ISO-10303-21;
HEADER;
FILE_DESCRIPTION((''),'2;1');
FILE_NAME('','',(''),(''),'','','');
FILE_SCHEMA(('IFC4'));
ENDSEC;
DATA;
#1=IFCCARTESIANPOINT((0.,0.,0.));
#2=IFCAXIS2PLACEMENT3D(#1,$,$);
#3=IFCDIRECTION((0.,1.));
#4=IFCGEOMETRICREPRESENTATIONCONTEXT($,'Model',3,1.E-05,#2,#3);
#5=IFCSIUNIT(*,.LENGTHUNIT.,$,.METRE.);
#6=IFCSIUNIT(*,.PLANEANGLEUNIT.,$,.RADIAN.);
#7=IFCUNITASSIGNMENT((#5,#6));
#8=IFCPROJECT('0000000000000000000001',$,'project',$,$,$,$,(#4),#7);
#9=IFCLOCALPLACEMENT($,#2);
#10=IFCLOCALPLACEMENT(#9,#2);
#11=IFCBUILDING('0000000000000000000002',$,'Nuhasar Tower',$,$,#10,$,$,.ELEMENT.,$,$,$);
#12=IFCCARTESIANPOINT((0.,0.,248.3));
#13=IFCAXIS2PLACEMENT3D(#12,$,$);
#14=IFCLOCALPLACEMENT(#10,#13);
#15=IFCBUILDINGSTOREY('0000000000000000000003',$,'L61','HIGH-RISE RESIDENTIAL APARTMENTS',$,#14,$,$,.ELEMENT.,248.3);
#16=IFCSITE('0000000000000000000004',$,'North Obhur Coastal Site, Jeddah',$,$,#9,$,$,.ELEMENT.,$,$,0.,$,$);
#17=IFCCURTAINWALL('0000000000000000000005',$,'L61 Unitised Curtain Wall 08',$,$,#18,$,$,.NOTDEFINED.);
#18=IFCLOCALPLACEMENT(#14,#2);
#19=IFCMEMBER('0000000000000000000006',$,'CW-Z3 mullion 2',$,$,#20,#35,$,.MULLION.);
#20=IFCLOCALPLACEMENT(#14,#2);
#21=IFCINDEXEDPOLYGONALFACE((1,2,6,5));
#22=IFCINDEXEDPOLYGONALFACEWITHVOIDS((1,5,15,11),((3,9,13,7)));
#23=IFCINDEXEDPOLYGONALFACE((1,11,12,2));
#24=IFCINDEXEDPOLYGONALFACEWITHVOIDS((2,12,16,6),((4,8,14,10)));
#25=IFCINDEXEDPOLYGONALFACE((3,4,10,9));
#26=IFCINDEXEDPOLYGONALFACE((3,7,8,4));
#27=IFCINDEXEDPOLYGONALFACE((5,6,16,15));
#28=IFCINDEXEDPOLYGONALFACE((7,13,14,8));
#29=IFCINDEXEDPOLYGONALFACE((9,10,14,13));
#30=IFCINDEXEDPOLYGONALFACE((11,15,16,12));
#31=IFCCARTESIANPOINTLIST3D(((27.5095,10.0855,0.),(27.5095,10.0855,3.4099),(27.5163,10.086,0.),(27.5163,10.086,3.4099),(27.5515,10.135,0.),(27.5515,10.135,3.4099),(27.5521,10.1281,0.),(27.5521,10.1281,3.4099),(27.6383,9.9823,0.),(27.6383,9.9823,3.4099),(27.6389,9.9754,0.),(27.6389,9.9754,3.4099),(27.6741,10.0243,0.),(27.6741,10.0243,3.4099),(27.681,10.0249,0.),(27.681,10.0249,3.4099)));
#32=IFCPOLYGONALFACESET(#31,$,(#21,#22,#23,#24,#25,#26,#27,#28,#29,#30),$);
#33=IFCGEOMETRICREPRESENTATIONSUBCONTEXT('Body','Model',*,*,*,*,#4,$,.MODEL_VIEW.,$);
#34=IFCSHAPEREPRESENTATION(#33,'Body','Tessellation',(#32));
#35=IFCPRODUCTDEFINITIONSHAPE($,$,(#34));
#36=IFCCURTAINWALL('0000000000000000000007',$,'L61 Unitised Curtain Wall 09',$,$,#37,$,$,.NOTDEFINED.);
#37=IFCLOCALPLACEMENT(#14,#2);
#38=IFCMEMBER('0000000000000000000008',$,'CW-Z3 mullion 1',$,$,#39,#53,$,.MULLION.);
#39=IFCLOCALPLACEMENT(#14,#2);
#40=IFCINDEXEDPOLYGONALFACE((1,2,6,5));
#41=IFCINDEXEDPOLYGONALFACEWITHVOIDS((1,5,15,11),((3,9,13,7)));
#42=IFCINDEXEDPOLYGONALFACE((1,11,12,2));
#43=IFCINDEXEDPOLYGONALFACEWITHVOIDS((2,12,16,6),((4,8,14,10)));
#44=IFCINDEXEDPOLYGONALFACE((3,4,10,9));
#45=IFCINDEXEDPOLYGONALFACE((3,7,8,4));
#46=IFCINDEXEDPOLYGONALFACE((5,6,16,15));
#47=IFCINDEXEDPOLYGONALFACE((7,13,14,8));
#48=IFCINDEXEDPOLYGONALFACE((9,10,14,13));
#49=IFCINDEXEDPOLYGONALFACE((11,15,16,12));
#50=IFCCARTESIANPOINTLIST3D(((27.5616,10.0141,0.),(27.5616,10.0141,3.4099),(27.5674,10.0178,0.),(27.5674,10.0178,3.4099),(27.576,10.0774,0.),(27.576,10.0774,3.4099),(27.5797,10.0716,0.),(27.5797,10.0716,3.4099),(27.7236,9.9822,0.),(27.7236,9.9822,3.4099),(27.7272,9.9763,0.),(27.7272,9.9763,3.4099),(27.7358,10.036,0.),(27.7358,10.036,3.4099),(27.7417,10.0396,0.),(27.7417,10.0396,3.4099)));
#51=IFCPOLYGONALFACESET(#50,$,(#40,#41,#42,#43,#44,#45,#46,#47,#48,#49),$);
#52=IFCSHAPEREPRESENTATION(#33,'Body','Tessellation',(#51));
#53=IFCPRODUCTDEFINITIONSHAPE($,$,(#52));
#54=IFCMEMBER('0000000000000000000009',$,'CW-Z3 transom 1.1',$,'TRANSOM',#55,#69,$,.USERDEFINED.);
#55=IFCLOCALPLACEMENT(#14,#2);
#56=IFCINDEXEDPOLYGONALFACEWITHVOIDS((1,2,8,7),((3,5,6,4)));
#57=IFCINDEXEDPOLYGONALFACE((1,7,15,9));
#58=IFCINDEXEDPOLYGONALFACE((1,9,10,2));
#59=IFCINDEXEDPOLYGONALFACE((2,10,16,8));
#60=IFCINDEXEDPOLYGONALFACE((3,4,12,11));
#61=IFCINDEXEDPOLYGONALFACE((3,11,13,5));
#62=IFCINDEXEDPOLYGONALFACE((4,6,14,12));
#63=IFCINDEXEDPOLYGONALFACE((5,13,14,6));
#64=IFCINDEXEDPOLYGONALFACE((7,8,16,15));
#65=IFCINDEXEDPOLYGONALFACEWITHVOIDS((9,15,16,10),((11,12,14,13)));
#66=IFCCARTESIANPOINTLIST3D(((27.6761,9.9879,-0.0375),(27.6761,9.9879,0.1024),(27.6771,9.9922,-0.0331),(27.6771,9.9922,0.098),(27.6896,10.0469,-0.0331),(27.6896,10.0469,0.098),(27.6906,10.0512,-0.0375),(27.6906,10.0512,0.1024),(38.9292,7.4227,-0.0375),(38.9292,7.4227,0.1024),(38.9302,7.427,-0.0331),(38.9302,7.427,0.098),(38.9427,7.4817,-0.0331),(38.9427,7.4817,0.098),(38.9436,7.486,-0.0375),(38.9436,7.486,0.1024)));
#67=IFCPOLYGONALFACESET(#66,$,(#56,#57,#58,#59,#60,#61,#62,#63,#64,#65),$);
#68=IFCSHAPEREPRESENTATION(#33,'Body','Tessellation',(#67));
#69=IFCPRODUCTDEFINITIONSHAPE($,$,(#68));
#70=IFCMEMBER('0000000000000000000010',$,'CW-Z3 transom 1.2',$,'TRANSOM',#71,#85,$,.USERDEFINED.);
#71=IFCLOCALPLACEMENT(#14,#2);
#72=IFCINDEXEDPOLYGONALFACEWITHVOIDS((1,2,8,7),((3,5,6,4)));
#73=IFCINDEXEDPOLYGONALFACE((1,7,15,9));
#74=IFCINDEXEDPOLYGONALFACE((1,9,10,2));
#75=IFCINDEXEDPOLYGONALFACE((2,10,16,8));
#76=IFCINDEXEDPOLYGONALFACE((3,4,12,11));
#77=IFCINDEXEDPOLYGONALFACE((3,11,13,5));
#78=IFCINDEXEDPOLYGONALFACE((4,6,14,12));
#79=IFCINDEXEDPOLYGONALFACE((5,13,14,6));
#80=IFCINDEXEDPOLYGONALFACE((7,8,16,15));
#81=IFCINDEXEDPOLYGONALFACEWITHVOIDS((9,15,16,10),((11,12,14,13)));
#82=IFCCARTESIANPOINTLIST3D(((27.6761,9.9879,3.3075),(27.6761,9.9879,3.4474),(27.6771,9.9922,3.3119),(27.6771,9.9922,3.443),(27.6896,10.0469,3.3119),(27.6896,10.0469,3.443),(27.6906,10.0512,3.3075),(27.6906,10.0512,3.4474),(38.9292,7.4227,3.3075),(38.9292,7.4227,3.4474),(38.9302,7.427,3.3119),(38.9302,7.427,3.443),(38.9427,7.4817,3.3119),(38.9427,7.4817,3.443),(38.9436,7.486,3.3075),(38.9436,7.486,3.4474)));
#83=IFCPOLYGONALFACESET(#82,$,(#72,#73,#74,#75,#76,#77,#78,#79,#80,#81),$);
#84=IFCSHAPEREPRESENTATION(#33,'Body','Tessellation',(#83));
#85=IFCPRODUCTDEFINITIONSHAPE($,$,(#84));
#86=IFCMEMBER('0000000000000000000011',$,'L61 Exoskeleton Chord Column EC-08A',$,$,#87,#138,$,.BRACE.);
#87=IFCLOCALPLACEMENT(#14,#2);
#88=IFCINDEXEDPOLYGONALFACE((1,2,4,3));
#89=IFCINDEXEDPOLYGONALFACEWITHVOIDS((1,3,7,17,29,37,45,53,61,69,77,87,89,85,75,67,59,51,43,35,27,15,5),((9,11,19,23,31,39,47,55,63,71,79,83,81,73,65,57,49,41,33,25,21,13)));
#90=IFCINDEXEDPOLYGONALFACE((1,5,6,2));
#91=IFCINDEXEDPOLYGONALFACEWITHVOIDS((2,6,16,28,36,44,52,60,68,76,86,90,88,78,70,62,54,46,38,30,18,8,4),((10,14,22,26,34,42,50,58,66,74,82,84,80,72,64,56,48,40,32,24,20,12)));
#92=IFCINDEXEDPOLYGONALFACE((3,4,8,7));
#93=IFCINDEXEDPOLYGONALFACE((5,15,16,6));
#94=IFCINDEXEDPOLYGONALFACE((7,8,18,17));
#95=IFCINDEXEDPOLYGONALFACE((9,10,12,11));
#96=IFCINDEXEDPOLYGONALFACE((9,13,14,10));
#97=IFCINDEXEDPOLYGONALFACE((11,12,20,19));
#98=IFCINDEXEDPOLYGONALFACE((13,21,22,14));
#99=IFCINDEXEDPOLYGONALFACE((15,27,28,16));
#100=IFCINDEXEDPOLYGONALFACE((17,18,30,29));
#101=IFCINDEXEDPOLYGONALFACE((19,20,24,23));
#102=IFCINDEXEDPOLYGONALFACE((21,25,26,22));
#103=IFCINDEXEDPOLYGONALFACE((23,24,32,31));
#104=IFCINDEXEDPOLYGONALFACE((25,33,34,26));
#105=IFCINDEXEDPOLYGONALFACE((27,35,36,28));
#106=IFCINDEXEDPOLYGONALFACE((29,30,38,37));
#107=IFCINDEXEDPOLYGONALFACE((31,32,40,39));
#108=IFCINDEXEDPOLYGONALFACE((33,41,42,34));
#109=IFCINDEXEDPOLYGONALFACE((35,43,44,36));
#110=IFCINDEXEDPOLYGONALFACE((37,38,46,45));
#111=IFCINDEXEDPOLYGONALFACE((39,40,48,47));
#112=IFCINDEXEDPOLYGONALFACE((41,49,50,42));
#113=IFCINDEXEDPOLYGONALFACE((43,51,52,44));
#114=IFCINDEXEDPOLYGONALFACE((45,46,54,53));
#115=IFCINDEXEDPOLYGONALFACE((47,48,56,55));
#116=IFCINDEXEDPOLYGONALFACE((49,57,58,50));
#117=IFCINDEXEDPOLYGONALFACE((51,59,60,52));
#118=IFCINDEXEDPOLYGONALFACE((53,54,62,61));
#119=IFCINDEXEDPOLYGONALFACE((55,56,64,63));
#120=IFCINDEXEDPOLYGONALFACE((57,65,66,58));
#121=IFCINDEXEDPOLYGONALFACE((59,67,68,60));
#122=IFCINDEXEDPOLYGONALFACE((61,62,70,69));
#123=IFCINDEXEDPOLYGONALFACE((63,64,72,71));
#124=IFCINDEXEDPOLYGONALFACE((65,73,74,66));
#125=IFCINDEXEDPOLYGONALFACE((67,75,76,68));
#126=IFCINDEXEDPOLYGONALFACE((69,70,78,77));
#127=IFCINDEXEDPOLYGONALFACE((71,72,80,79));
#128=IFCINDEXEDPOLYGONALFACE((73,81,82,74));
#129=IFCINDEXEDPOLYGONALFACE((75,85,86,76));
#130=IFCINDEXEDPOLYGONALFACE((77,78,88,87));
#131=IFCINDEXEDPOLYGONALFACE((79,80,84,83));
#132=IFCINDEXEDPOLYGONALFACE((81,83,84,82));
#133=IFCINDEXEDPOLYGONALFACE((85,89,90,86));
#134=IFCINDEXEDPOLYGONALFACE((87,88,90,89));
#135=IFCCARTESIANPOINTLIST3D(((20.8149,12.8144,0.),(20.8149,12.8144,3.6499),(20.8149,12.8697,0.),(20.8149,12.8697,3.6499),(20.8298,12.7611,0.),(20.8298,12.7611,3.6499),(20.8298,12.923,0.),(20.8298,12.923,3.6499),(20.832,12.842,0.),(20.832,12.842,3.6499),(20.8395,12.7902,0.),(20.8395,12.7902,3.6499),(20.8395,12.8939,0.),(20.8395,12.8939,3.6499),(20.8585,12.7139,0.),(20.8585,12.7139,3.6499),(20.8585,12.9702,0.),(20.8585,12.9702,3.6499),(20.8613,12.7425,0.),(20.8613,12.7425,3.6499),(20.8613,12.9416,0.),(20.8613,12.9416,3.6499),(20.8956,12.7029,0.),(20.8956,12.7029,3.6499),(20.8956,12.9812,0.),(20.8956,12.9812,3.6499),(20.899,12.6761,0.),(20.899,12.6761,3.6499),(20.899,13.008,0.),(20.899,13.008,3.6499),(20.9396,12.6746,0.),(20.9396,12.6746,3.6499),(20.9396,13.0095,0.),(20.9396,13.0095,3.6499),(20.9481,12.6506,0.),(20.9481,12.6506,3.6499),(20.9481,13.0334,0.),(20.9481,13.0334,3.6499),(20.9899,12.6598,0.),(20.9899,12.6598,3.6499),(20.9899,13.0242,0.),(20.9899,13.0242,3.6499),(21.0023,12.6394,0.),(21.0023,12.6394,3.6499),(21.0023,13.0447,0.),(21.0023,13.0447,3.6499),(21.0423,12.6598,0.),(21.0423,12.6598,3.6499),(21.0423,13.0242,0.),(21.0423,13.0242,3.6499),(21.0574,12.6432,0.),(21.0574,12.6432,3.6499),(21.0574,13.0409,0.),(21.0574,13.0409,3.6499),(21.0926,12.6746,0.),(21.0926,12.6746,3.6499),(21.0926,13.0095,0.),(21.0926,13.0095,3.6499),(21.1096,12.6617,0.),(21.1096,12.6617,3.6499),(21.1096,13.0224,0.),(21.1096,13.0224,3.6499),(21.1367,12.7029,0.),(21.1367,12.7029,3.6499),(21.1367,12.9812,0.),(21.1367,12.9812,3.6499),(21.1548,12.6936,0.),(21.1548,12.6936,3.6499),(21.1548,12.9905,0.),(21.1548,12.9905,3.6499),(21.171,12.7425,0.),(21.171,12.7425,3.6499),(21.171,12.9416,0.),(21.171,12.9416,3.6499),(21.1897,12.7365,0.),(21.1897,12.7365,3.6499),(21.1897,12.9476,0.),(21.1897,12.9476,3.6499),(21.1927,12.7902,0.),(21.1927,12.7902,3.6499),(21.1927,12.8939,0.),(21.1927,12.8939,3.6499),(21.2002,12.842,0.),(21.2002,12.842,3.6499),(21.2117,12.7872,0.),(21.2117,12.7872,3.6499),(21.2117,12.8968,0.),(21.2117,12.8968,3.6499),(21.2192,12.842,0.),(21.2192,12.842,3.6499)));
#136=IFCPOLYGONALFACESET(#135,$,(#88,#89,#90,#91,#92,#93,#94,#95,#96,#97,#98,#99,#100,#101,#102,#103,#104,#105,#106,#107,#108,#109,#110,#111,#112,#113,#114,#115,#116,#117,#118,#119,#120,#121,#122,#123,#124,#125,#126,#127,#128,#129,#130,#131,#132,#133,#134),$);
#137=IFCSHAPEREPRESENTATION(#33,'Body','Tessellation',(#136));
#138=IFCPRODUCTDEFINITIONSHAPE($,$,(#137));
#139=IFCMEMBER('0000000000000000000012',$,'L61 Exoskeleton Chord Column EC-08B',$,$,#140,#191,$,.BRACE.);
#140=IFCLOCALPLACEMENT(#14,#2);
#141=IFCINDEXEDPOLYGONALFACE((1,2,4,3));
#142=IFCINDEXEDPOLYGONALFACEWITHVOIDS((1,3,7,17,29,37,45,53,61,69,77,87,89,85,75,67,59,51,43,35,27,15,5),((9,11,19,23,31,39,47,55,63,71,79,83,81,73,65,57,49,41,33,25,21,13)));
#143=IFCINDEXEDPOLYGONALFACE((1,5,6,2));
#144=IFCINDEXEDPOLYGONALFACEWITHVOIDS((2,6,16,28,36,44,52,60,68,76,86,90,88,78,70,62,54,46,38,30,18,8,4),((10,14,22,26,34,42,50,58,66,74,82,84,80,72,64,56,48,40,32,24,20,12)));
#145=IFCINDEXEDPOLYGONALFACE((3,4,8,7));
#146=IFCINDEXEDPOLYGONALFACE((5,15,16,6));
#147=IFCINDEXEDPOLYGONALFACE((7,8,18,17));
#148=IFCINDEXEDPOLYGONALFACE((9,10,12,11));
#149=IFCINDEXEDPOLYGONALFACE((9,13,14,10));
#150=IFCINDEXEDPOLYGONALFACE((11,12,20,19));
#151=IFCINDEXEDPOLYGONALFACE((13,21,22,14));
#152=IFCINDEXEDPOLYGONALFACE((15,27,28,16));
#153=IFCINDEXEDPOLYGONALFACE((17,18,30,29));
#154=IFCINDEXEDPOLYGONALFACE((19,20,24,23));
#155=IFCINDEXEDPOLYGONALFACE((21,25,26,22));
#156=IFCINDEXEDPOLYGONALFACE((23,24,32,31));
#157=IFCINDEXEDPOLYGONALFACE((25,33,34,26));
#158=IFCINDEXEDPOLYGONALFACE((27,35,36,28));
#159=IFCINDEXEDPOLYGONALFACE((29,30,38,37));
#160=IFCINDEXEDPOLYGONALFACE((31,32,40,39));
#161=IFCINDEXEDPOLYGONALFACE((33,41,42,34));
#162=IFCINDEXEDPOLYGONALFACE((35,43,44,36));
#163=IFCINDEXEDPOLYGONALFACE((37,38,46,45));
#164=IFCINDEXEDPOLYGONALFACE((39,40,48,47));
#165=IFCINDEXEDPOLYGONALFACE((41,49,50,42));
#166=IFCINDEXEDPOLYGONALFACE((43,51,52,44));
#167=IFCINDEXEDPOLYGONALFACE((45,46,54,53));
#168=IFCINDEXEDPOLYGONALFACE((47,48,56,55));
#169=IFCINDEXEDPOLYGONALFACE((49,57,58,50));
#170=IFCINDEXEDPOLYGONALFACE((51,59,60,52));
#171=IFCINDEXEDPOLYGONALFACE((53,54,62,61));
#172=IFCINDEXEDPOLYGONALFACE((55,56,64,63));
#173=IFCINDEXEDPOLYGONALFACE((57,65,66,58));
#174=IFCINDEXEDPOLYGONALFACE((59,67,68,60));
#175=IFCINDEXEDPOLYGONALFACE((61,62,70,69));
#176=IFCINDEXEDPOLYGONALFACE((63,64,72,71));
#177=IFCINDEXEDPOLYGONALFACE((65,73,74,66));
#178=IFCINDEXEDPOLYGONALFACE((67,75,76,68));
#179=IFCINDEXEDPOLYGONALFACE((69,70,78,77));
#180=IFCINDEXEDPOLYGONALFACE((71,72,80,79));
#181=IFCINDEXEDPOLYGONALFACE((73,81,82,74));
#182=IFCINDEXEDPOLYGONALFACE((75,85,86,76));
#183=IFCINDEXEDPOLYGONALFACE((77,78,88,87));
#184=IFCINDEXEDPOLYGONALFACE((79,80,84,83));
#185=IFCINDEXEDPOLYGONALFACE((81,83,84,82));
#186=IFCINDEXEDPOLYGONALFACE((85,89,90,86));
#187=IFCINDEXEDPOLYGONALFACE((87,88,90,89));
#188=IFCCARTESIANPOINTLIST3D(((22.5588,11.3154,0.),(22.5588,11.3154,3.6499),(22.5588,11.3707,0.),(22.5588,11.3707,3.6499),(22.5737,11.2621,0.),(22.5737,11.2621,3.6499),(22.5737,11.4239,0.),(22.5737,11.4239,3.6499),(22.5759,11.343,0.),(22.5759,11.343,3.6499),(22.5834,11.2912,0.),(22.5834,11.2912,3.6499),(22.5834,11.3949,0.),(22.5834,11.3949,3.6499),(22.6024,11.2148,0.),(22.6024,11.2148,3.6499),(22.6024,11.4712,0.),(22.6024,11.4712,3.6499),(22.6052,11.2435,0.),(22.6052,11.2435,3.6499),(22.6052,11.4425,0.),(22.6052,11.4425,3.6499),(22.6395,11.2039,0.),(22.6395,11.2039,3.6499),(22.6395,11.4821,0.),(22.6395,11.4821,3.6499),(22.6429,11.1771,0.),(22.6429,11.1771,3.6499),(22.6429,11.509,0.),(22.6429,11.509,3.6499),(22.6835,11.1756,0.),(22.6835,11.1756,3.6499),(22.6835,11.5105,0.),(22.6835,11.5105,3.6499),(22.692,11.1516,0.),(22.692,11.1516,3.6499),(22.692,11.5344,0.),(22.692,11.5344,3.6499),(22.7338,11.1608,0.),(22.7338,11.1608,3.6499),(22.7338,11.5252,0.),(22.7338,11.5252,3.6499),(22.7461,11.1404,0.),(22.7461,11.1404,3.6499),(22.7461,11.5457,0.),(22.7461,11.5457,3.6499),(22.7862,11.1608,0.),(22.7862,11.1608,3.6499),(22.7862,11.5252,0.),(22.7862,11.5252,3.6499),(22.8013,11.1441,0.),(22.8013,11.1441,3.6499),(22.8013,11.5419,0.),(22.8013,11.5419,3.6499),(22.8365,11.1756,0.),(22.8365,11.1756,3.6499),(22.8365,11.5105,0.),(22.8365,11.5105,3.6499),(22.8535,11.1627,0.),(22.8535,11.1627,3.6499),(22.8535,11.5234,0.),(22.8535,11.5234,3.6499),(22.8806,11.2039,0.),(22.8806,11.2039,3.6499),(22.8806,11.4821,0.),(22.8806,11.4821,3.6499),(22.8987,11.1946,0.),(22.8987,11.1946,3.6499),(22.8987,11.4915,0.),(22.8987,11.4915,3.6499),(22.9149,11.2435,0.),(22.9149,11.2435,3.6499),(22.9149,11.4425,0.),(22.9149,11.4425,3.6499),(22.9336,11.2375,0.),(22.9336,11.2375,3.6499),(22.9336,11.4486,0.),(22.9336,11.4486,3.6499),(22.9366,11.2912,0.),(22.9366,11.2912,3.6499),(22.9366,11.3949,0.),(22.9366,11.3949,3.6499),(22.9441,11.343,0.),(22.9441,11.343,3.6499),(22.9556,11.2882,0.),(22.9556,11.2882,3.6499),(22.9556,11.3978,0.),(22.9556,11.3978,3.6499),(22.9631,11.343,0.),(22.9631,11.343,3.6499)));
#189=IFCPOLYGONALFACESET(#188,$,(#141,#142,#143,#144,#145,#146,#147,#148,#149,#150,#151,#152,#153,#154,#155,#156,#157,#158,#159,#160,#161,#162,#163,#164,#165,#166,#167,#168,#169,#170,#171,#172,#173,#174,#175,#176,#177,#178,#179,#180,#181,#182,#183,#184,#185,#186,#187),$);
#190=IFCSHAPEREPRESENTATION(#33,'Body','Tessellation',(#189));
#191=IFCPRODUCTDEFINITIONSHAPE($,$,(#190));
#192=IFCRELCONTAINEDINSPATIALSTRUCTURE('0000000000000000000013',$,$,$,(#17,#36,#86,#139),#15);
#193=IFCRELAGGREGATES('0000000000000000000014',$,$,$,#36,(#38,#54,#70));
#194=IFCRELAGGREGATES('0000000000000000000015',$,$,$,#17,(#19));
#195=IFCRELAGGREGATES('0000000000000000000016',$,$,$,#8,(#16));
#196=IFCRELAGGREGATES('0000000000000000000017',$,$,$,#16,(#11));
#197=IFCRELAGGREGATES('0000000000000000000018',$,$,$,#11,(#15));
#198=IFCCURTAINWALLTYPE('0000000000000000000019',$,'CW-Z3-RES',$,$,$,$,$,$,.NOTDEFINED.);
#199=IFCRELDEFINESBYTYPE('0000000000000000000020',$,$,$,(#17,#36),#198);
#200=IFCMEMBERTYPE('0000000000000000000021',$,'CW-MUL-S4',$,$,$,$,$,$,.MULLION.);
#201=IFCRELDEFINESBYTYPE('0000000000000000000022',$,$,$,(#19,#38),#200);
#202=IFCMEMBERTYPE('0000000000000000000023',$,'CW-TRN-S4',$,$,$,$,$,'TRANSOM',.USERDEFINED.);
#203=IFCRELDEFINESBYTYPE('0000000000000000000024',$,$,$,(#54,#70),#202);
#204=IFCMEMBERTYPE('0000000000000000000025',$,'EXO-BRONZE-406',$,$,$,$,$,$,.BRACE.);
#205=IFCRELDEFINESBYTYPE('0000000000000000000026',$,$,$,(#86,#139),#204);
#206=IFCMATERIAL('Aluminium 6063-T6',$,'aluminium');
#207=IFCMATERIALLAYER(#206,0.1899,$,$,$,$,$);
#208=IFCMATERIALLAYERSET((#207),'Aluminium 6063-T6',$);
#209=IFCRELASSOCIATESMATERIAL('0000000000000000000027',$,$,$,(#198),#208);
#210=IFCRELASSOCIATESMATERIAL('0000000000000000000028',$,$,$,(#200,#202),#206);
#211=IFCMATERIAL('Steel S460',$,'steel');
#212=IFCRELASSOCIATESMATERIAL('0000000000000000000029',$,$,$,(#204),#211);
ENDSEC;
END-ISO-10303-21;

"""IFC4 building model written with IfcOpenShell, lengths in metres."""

from ifc_helpers import new_model, si_unit, direction, frame, origin, origin_2d, place, context, subcontext, project, spatial, hollow_rectangle, hollow_circle, extrude, material, layer, layer_set, material_profile, profile_set, type_object, element, aggregate, save


model = new_model("IFC4")

# Units and contexts
model_context = context("Model", 3, precision=1e-05, world=origin(), true_north=direction((0.0, 1.0)))
body_context = subcontext(model_context, "Body", "Model", "MODEL_VIEW")
ifc_project = project(units=[si_unit("LENGTHUNIT", "METRE"), si_unit("PLANEANGLEUNIT", "RADIAN")], contexts=[model_context])

# Site, building, storey
site_placement = place(None, origin())
site = spatial("IfcSite", under=ifc_project, at=site_placement, Name="North Obhur Coastal Site, Jeddah", CompositionType="ELEMENT", RefElevation=0.0)
building_placement = place(site_placement, origin())
building = spatial("IfcBuilding", under=site, at=building_placement, Name="Nuhasar Tower", CompositionType="ELEMENT")
storey_placement = place(building_placement, frame((0.0, 0.0, 248.3)))
storey = spatial("IfcBuildingStorey", under=building, at=storey_placement, Name="L61", Description="HIGH-RISE RESIDENTIAL APARTMENTS", CompositionType="ELEMENT", Elevation=248.3)

# Curtain wall, member
ifc_material_1 = material(Name="Aluminium 6063-T6", Category="aluminium")
ifc_layer_1 = layer(ifc_material_1, 0.1899)
ifc_layer_set_1 = layer_set([ifc_layer_1], Name="Aluminium 6063-T6")
curtain_wall_type = type_object("IfcCurtainWallType", Name="CW-Z3-RES", PredefinedType="NOTDEFINED", material=ifc_layer_set_1)
curtain_wall_1_placement = place(storey_placement, origin())
curtain_wall_1 = element("IfcCurtainWall", 1, at=curtain_wall_1_placement, inside=storey, type_object=curtain_wall_type, Name="L61 Unitised Curtain Wall 08", PredefinedType="NOTDEFINED")
ifc_material_profile_1 = material_profile(ifc_material_1, hollow_rectangle(XDim=0.0649, YDim=0.1699, WallThickness=0.0049, at=origin_2d()), Name="CWM-4")
ifc_profile_set_1 = profile_set([ifc_material_profile_1], Name="Aluminium 6063-T6")
member_type_1 = type_object("IfcMemberType", Name="CW-MUL-S4", PredefinedType="MULLION", material=ifc_profile_set_1)
member_1_placement = place(storey_placement, frame((27.5952, 10.0552, 0.0), z_axis=(0.0, 0.0, 1.0), x_axis=(0.647895, 0.761729, 0.0)))
member_1 = element("IfcMember", 2, at=member_1_placement, type_object=member_type_1, Name="CW-Z3 mullion 2", PredefinedType="MULLION", context=body_context, shape_type="SweptSolid", body=[
    extrude(hollow_rectangle(XDim=0.0649, YDim=0.1699, WallThickness=0.0049, at=origin_2d()), origin(), (0.0, 0.0, 1.0), 3.4099),
])

# Curtain wall, members
curtain_wall_2_placement = place(storey_placement, origin())
curtain_wall_2 = element("IfcCurtainWall", 3, at=curtain_wall_2_placement, inside=storey, type_object=curtain_wall_type, Name="L61 Unitised Curtain Wall 09", PredefinedType="NOTDEFINED")
member_2_placement = place(storey_placement, frame((27.6516, 10.0269, 0.0), z_axis=(0.0, 0.0, 1.0), x_axis=(0.222243, 0.974991, 0.0)))
member_2 = element("IfcMember", 4, at=member_2_placement, type_object=member_type_1, Name="CW-Z3 mullion 1", PredefinedType="MULLION", context=body_context, shape_type="SweptSolid", body=[
    extrude(hollow_rectangle(XDim=0.0649, YDim=0.1699, WallThickness=0.0049, at=origin_2d()), origin(), (0.0, 0.0, 1.0), 3.4099),
])
ifc_material_profile_2 = material_profile(ifc_material_1, hollow_rectangle(XDim=0.0649, YDim=0.1399, WallThickness=0.0044, at=origin_2d()), Name="CWT-4")
ifc_profile_set_2 = profile_set([ifc_material_profile_2], Name="Aluminium 6063-T6")
member_type_2 = type_object("IfcMemberType", Name="CW-TRN-S4", ElementType="TRANSOM", PredefinedType="USERDEFINED", material=ifc_profile_set_2)
member_3_placement = place(storey_placement, frame((27.6833, 10.0195, 0.0325), z_axis=(0.974989, -0.222251, 0.0), x_axis=(0.222251, 0.974989, 0.0)))
member_3 = element("IfcMember", 5, at=member_3_placement, type_object=member_type_2, Name="CW-Z3 transom 1.1", ObjectType="TRANSOM", PredefinedType="USERDEFINED", context=body_context, shape_type="SweptSolid", body=[
    extrude(hollow_rectangle(XDim=0.0649, YDim=0.1399, WallThickness=0.0044, at=origin_2d()), origin(), (0.0, 0.0, 1.0), 11.5417),
])
member_4_placement = place(storey_placement, frame((27.6833, 10.0195, 3.3774), z_axis=(0.974989, -0.222251, 0.0), x_axis=(0.222251, 0.974989, 0.0)))
member_4 = element("IfcMember", 6, at=member_4_placement, type_object=member_type_2, Name="CW-Z3 transom 1.2", ObjectType="TRANSOM", PredefinedType="USERDEFINED", context=body_context, shape_type="SweptSolid", body=[
    extrude(hollow_rectangle(XDim=0.0649, YDim=0.1399, WallThickness=0.0044, at=origin_2d()), origin(), (0.0, 0.0, 1.0), 11.5417),
])
aggregate(curtain_wall_2, [member_2, member_3, member_4])

# Members
ifc_material_2 = material(Name="Steel S460", Category="steel")
ifc_material_profile_3 = material_profile(ifc_material_2, hollow_circle(Radius=0.2031, WallThickness=0.019, at=origin_2d()), Name="HSS406.4X19.1")
ifc_profile_set_3 = profile_set([ifc_material_profile_3], Name="Steel S460")
member_type_3 = type_object("IfcMemberType", Name="EXO-BRONZE-406", PredefinedType="BRACE", material=ifc_profile_set_3)
for number, where, z_axis, x_axis, name in (
    (7, (21.0161, 12.842, 0.0), (0.0, 0.0, 1.0), (1.0, 0.0, 0.0), "L61 Exoskeleton Chord Column EC-08A"),
    (8, (22.76, 11.343, 0.0), (0.0, 0.0, 1.0), (1.0, 0.0, 0.0), "L61 Exoskeleton Chord Column EC-08B"),
):
    element("IfcMember", number, at=place(storey_placement, frame(where, z_axis=z_axis, x_axis=x_axis)), inside=storey, type_object=member_type_3, Name=name, PredefinedType="BRACE", context=body_context, shape_type="SweptSolid", body=[
        extrude(hollow_circle(Radius=0.2031, WallThickness=0.019, at=origin_2d()), origin(), (0.0, 0.0, 1.0), 3.6499),
    ])

aggregate(curtain_wall_1, [member_1])

save(model, "model.ifc")
